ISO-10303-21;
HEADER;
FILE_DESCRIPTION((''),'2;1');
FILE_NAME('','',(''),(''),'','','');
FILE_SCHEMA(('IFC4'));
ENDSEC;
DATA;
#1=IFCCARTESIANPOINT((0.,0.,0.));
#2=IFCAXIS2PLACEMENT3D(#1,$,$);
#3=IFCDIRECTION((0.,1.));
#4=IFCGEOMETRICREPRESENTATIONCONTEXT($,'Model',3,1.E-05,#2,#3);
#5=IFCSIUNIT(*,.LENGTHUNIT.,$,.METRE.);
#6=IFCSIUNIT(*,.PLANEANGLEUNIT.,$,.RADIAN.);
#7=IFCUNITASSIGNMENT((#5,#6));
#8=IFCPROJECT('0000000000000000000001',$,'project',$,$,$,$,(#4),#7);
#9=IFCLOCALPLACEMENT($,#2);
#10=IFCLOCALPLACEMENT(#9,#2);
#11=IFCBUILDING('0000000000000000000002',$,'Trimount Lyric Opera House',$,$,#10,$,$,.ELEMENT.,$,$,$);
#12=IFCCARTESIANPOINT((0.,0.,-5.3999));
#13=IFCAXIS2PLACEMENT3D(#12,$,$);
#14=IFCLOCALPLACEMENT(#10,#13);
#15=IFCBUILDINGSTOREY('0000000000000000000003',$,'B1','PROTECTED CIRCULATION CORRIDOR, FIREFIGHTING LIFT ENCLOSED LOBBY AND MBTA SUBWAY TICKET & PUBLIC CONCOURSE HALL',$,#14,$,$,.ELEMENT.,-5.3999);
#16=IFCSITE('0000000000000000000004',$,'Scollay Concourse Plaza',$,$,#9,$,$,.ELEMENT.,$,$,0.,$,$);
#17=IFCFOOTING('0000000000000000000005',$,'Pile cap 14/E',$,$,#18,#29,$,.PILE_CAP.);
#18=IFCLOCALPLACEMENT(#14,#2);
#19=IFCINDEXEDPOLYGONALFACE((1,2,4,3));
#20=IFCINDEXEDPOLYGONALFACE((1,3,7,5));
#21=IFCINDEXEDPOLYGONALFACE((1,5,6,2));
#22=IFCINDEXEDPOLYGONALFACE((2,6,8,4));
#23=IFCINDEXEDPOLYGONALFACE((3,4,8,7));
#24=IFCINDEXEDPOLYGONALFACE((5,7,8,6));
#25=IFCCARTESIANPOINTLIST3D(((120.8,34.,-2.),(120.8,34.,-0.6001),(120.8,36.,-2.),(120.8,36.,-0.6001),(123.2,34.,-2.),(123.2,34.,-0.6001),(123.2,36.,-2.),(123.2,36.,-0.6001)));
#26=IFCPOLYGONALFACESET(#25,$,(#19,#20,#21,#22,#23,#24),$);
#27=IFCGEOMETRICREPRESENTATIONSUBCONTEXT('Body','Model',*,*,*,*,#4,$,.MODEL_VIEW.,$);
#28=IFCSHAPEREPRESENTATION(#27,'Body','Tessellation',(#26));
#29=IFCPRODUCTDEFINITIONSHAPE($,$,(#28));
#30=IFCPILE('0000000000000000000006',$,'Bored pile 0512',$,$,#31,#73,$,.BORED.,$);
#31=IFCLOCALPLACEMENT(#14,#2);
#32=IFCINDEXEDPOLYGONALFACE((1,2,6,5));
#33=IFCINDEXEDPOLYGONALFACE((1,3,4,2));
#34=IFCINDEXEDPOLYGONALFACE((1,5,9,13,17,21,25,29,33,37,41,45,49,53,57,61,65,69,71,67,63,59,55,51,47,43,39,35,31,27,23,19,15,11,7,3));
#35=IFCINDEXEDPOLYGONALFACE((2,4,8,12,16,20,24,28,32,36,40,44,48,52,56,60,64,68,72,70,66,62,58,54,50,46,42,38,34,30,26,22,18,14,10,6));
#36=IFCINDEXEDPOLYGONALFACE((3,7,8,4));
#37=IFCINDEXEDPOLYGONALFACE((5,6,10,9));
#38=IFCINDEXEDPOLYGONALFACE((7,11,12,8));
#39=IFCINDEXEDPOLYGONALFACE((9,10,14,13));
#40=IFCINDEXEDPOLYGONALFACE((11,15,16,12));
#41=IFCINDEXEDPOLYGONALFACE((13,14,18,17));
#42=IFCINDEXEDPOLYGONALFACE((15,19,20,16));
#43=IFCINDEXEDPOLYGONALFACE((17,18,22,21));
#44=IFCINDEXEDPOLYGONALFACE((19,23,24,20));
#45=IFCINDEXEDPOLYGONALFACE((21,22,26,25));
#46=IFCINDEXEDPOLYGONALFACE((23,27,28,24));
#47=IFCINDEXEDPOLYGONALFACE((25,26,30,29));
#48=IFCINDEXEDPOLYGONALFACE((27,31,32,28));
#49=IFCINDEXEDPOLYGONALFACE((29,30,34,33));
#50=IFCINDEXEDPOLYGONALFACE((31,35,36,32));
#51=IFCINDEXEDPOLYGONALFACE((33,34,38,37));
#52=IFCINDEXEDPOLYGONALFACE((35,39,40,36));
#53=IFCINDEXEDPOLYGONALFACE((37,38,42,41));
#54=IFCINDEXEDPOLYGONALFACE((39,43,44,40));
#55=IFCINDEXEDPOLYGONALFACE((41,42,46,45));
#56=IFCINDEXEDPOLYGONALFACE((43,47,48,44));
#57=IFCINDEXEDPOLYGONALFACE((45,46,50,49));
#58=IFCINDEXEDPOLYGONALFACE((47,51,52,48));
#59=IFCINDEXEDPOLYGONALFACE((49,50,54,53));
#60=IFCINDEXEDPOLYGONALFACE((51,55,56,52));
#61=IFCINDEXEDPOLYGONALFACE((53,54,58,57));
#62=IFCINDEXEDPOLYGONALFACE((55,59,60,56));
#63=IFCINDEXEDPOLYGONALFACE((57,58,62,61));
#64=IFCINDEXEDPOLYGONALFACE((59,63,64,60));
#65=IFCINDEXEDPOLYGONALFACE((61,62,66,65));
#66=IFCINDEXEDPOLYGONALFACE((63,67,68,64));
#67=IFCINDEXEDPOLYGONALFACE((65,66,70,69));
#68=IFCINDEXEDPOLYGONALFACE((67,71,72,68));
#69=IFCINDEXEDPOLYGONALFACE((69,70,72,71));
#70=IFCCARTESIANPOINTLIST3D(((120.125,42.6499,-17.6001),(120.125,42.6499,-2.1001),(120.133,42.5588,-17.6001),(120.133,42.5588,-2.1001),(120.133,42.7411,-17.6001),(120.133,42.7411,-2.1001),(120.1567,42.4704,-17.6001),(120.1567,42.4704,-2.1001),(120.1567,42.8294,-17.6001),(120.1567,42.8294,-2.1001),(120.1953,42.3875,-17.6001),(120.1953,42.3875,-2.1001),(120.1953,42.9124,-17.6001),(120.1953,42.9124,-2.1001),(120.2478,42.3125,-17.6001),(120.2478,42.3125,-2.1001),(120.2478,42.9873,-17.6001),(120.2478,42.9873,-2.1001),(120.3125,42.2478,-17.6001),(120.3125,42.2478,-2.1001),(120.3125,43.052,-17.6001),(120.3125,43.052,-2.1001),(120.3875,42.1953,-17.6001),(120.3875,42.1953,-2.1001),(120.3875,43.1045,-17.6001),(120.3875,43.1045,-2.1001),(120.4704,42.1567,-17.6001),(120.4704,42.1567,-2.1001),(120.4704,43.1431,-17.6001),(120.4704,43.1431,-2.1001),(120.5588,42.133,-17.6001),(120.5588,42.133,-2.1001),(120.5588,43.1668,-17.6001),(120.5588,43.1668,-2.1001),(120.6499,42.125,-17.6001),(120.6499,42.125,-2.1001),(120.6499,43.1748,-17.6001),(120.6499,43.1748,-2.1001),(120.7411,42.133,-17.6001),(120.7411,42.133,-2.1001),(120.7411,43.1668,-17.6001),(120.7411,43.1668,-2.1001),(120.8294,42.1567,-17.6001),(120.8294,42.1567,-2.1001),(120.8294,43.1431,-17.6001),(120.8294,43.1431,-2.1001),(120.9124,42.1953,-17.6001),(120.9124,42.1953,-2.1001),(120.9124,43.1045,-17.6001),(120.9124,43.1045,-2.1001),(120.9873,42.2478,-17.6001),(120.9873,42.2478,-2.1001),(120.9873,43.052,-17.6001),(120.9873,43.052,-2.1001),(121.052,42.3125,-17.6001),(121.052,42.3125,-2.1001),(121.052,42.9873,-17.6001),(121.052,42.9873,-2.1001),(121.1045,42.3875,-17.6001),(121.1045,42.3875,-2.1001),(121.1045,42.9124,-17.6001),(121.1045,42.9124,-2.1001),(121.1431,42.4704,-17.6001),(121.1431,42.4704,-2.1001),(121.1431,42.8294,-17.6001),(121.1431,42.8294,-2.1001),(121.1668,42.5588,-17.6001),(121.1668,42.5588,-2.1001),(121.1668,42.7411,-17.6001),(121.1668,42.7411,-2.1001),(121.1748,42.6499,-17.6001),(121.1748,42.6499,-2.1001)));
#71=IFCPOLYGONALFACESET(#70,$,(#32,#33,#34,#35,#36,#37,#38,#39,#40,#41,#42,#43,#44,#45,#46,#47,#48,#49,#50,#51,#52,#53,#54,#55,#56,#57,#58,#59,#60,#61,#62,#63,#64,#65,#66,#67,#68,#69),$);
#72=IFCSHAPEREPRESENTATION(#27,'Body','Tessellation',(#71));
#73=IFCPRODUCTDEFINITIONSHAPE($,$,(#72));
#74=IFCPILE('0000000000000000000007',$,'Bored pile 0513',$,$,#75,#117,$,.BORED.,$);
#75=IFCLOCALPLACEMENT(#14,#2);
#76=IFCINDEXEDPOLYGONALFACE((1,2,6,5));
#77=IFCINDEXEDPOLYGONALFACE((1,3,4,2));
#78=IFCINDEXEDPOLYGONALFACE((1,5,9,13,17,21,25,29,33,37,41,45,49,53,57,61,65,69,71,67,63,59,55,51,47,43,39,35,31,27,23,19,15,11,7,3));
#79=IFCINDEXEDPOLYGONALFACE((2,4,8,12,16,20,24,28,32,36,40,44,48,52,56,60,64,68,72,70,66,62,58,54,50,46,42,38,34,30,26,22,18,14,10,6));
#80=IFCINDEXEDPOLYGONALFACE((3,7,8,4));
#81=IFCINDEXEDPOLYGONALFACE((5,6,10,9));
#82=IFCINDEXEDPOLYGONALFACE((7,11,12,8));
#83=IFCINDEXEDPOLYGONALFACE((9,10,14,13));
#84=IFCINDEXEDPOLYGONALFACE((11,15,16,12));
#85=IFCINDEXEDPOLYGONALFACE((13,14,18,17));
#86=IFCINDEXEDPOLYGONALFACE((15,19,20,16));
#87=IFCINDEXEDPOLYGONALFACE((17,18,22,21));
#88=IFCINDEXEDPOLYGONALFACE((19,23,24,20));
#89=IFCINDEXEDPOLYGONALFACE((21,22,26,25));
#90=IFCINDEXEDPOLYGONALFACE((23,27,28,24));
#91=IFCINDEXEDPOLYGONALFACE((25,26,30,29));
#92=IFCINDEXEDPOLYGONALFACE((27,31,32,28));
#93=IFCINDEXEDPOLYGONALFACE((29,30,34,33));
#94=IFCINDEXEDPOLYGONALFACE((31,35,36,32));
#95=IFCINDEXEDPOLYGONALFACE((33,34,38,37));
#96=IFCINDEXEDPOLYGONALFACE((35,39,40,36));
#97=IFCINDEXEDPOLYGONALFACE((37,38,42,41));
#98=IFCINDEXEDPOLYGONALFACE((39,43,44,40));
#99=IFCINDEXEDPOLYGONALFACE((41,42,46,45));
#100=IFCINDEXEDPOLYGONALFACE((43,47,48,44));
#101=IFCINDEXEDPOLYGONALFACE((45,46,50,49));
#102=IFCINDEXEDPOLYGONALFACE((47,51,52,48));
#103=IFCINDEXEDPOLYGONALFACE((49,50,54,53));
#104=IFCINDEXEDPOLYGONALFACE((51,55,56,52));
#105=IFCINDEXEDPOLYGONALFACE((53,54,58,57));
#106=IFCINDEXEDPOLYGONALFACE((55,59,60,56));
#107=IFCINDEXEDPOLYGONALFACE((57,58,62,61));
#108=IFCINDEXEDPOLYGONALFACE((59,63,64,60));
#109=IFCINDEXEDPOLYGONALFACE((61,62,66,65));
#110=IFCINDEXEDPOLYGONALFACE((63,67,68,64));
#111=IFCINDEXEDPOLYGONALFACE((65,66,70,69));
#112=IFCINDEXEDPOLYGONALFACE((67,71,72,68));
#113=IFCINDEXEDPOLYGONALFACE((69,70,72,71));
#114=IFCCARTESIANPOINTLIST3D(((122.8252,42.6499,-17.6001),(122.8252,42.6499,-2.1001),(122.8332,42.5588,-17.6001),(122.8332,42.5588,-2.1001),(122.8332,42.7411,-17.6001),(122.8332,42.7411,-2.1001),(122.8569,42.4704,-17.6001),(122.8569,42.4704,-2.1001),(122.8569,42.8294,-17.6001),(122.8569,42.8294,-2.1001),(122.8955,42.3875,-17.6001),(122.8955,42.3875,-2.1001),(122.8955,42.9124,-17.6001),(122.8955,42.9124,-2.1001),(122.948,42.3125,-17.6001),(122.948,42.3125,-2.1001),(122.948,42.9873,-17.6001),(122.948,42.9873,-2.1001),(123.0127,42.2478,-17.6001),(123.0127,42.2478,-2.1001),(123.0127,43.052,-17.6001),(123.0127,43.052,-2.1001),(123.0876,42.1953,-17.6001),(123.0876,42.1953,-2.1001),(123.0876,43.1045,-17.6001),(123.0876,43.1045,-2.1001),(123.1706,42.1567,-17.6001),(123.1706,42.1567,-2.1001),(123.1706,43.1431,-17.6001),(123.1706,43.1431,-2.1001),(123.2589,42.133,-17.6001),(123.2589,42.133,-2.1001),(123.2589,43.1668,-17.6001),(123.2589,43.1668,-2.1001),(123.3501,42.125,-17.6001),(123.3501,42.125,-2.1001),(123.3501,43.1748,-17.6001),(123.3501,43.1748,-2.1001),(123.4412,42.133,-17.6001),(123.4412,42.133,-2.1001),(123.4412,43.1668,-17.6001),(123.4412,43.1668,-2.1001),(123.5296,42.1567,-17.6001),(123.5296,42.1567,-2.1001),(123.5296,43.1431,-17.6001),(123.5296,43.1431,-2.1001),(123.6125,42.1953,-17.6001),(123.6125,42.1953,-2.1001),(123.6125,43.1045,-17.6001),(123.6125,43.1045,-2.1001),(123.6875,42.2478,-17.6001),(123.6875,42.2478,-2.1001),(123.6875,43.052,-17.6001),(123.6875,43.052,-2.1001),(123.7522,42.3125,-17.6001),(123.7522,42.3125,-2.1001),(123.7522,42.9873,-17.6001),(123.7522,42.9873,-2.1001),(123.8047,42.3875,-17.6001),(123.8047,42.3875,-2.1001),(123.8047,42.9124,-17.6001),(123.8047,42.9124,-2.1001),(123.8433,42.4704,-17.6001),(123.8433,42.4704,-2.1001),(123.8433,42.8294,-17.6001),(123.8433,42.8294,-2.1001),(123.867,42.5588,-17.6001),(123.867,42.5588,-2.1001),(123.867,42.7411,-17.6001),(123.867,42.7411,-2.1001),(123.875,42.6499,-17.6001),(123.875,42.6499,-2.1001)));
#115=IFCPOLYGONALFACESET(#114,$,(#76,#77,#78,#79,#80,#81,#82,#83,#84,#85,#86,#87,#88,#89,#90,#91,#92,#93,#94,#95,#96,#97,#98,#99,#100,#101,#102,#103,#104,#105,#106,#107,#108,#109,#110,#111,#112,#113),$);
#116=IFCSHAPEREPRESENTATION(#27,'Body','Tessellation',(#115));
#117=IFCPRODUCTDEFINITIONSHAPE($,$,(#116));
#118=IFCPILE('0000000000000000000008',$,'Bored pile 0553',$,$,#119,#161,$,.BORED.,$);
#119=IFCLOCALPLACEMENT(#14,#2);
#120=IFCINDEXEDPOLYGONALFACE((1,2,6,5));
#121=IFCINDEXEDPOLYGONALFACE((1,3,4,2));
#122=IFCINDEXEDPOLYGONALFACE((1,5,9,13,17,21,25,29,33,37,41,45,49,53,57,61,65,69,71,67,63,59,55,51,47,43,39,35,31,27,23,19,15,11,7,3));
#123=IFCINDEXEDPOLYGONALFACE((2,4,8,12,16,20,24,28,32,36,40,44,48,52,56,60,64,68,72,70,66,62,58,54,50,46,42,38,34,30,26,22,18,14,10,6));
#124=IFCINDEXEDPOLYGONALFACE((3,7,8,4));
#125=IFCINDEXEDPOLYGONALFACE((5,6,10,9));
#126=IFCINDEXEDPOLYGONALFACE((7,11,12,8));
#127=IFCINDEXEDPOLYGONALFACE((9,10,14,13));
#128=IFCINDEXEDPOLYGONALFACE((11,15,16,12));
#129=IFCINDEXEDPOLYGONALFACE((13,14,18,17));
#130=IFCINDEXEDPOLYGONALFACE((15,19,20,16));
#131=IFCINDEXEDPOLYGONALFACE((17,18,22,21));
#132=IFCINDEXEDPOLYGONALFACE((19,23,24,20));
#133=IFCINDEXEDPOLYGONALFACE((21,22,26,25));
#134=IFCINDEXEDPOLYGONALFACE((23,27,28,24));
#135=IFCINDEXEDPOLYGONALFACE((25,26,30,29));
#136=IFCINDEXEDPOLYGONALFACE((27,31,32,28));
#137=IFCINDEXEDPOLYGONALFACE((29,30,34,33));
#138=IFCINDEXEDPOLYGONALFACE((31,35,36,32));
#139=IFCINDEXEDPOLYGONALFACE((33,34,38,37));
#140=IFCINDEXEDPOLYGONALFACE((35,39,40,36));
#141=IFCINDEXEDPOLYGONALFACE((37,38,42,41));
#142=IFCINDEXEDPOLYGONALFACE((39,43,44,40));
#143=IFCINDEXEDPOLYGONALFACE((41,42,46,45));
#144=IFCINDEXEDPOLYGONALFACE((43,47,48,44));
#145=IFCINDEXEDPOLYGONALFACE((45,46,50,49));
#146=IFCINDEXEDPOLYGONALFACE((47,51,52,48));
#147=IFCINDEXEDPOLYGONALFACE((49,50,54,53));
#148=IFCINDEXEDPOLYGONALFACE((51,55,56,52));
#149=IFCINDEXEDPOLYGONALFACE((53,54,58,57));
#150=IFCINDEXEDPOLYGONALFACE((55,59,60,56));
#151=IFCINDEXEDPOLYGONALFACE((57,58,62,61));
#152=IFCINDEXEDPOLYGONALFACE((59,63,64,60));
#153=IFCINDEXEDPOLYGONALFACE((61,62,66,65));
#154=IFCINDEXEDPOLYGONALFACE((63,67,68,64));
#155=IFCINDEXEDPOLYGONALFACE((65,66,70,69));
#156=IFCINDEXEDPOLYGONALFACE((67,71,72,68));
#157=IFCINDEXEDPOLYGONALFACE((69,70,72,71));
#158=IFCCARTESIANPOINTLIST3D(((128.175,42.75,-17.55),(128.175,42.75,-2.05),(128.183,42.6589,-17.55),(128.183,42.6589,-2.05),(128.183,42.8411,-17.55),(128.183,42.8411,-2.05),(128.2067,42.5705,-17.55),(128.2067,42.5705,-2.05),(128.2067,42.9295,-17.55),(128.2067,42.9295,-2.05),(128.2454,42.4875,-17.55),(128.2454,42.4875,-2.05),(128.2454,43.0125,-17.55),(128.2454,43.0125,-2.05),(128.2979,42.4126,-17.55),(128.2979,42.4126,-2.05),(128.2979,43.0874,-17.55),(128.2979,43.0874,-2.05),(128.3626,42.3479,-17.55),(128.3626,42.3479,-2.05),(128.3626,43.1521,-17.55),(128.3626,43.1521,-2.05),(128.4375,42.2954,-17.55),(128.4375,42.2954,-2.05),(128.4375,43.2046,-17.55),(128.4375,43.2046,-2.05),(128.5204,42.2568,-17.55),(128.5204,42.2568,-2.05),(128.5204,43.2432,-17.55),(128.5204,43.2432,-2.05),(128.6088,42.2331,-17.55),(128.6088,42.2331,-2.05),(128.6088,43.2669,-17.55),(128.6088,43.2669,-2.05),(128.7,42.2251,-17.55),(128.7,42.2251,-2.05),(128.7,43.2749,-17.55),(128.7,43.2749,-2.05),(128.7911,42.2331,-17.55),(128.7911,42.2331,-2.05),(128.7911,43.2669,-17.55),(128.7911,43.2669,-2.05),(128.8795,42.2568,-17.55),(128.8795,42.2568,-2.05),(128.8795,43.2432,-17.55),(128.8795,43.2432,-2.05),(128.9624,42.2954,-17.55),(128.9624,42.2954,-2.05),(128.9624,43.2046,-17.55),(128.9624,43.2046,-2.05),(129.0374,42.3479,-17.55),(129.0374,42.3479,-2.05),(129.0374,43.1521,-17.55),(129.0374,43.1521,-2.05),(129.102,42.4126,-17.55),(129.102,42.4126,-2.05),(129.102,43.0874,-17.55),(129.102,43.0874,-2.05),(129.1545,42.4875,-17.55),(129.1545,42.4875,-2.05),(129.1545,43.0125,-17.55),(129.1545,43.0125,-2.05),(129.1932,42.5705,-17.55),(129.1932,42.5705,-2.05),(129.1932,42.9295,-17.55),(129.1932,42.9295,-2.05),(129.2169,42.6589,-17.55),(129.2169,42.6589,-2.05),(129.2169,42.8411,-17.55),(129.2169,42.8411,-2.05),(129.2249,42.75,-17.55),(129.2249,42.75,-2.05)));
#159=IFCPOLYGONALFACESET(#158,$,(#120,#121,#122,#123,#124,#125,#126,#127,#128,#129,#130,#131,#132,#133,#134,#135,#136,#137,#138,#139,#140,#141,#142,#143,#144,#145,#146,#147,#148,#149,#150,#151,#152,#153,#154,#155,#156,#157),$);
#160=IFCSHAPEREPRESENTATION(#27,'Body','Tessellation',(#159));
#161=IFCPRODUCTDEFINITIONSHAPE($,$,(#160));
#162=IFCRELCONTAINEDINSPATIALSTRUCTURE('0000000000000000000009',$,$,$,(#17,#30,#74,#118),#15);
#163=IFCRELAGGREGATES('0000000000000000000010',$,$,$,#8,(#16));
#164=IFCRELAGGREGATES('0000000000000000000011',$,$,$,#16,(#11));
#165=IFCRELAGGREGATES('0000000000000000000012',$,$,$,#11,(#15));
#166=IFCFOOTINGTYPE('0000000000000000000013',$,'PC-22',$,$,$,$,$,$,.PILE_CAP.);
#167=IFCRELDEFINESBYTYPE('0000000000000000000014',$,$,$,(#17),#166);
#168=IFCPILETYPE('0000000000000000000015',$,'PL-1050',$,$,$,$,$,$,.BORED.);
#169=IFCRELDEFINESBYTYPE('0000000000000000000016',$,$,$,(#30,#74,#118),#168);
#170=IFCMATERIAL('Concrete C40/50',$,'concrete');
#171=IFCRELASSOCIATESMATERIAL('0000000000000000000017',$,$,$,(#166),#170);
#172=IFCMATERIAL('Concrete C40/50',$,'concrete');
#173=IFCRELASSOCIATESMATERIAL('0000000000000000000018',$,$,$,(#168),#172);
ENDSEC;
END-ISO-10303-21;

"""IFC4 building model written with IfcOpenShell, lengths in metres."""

from ifc_helpers import new_model, si_unit, direction, frame, origin, origin_2d, place, context, subcontext, project, spatial, rectangle, circle, extrude, material, material_profile, profile_set, type_object, element, save


model = new_model("IFC4")

# Units and contexts
model_context = context("Model", 3, precision=1e-05, world=origin(), true_north=direction((0.0, 1.0)))
body_context = subcontext(model_context, "Body", "Model", "MODEL_VIEW")
ifc_project = project(units=[si_unit("LENGTHUNIT", "METRE"), si_unit("PLANEANGLEUNIT", "RADIAN")], contexts=[model_context])

# Site, building, storey
site_placement = place(None, origin())
site = spatial("IfcSite", under=ifc_project, at=site_placement, Name="Scollay Concourse Plaza", CompositionType="ELEMENT", RefElevation=0.0)
building_placement = place(site_placement, origin())
building = spatial("IfcBuilding", under=site, at=building_placement, Name="Trimount Lyric Opera House", CompositionType="ELEMENT")
storey_placement = place(building_placement, frame((0.0, 0.0, -5.3999)))
storey = spatial("IfcBuildingStorey", under=building, at=storey_placement, Name="B1", Description="PROTECTED CIRCULATION CORRIDOR, FIREFIGHTING LIFT ENCLOSED LOBBY AND MBTA SUBWAY TICKET & PUBLIC CONCOURSE HALL", CompositionType="ELEMENT", Elevation=-5.3999)

# Footing
ifc_material_1 = material(Name="Concrete C40/50", Category="concrete")
footing_type_1 = type_object("IfcFootingType", Name="PC-22", PredefinedType="PILE_CAP", material=ifc_material_1)
footing_1_placement = place(storey_placement, frame((122.0, 35.0, -2.0), z_axis=(0.0, 0.0, 1.0), x_axis=(1.0, 0.0, 0.0)))
element("IfcFooting", 1, at=footing_1_placement, inside=storey, type_object=footing_type_1, Name="Pile cap 14/E", PredefinedType="PILE_CAP", context=body_context, shape_type="SweptSolid", body=[
    extrude(rectangle(XDim=2.3999, YDim=2.0, at=origin_2d()), origin(), (0.0, 0.0, 1.0), 1.3999),
])

# Piles
ifc_material_2 = material(Name="Concrete C40/50", Category="concrete")
ifc_material_profile_1 = material_profile(ifc_material_2, circle(Radius=0.5249, at=origin_2d()), Name="PILE-D1050")
ifc_profile_set_1 = profile_set([ifc_material_profile_1], Name="Concrete C40/50")
pile_type_1 = type_object("IfcPileType", Name="PL-1050", PredefinedType="BORED", material=ifc_profile_set_1)
for number, where, z_axis, x_axis, name in (
    (2, (120.6499, 42.6499, -2.1001), (0.0, 0.0, -1.0), (1.0, 0.0, 0.0), "Bored pile 0512"),
    (3, (123.3501, 42.6499, -2.1001), (0.0, 0.0, -1.0), (1.0, 0.0, 0.0), "Bored pile 0513"),
    (4, (128.7, 42.75, -2.05), (0.0, 0.0, -1.0), (1.0, 0.0, 0.0), "Bored pile 0553"),
):
    element("IfcPile", number, at=place(storey_placement, frame(where, z_axis=z_axis, x_axis=x_axis)), inside=storey, type_object=pile_type_1, Name=name, PredefinedType="BORED", context=body_context, shape_type="SweptSolid", body=[
        extrude(circle(Radius=0.5249, at=origin_2d()), origin(), (0.0, 0.0, 1.0), 15.5),
    ])

save(model, "model.ifc")
